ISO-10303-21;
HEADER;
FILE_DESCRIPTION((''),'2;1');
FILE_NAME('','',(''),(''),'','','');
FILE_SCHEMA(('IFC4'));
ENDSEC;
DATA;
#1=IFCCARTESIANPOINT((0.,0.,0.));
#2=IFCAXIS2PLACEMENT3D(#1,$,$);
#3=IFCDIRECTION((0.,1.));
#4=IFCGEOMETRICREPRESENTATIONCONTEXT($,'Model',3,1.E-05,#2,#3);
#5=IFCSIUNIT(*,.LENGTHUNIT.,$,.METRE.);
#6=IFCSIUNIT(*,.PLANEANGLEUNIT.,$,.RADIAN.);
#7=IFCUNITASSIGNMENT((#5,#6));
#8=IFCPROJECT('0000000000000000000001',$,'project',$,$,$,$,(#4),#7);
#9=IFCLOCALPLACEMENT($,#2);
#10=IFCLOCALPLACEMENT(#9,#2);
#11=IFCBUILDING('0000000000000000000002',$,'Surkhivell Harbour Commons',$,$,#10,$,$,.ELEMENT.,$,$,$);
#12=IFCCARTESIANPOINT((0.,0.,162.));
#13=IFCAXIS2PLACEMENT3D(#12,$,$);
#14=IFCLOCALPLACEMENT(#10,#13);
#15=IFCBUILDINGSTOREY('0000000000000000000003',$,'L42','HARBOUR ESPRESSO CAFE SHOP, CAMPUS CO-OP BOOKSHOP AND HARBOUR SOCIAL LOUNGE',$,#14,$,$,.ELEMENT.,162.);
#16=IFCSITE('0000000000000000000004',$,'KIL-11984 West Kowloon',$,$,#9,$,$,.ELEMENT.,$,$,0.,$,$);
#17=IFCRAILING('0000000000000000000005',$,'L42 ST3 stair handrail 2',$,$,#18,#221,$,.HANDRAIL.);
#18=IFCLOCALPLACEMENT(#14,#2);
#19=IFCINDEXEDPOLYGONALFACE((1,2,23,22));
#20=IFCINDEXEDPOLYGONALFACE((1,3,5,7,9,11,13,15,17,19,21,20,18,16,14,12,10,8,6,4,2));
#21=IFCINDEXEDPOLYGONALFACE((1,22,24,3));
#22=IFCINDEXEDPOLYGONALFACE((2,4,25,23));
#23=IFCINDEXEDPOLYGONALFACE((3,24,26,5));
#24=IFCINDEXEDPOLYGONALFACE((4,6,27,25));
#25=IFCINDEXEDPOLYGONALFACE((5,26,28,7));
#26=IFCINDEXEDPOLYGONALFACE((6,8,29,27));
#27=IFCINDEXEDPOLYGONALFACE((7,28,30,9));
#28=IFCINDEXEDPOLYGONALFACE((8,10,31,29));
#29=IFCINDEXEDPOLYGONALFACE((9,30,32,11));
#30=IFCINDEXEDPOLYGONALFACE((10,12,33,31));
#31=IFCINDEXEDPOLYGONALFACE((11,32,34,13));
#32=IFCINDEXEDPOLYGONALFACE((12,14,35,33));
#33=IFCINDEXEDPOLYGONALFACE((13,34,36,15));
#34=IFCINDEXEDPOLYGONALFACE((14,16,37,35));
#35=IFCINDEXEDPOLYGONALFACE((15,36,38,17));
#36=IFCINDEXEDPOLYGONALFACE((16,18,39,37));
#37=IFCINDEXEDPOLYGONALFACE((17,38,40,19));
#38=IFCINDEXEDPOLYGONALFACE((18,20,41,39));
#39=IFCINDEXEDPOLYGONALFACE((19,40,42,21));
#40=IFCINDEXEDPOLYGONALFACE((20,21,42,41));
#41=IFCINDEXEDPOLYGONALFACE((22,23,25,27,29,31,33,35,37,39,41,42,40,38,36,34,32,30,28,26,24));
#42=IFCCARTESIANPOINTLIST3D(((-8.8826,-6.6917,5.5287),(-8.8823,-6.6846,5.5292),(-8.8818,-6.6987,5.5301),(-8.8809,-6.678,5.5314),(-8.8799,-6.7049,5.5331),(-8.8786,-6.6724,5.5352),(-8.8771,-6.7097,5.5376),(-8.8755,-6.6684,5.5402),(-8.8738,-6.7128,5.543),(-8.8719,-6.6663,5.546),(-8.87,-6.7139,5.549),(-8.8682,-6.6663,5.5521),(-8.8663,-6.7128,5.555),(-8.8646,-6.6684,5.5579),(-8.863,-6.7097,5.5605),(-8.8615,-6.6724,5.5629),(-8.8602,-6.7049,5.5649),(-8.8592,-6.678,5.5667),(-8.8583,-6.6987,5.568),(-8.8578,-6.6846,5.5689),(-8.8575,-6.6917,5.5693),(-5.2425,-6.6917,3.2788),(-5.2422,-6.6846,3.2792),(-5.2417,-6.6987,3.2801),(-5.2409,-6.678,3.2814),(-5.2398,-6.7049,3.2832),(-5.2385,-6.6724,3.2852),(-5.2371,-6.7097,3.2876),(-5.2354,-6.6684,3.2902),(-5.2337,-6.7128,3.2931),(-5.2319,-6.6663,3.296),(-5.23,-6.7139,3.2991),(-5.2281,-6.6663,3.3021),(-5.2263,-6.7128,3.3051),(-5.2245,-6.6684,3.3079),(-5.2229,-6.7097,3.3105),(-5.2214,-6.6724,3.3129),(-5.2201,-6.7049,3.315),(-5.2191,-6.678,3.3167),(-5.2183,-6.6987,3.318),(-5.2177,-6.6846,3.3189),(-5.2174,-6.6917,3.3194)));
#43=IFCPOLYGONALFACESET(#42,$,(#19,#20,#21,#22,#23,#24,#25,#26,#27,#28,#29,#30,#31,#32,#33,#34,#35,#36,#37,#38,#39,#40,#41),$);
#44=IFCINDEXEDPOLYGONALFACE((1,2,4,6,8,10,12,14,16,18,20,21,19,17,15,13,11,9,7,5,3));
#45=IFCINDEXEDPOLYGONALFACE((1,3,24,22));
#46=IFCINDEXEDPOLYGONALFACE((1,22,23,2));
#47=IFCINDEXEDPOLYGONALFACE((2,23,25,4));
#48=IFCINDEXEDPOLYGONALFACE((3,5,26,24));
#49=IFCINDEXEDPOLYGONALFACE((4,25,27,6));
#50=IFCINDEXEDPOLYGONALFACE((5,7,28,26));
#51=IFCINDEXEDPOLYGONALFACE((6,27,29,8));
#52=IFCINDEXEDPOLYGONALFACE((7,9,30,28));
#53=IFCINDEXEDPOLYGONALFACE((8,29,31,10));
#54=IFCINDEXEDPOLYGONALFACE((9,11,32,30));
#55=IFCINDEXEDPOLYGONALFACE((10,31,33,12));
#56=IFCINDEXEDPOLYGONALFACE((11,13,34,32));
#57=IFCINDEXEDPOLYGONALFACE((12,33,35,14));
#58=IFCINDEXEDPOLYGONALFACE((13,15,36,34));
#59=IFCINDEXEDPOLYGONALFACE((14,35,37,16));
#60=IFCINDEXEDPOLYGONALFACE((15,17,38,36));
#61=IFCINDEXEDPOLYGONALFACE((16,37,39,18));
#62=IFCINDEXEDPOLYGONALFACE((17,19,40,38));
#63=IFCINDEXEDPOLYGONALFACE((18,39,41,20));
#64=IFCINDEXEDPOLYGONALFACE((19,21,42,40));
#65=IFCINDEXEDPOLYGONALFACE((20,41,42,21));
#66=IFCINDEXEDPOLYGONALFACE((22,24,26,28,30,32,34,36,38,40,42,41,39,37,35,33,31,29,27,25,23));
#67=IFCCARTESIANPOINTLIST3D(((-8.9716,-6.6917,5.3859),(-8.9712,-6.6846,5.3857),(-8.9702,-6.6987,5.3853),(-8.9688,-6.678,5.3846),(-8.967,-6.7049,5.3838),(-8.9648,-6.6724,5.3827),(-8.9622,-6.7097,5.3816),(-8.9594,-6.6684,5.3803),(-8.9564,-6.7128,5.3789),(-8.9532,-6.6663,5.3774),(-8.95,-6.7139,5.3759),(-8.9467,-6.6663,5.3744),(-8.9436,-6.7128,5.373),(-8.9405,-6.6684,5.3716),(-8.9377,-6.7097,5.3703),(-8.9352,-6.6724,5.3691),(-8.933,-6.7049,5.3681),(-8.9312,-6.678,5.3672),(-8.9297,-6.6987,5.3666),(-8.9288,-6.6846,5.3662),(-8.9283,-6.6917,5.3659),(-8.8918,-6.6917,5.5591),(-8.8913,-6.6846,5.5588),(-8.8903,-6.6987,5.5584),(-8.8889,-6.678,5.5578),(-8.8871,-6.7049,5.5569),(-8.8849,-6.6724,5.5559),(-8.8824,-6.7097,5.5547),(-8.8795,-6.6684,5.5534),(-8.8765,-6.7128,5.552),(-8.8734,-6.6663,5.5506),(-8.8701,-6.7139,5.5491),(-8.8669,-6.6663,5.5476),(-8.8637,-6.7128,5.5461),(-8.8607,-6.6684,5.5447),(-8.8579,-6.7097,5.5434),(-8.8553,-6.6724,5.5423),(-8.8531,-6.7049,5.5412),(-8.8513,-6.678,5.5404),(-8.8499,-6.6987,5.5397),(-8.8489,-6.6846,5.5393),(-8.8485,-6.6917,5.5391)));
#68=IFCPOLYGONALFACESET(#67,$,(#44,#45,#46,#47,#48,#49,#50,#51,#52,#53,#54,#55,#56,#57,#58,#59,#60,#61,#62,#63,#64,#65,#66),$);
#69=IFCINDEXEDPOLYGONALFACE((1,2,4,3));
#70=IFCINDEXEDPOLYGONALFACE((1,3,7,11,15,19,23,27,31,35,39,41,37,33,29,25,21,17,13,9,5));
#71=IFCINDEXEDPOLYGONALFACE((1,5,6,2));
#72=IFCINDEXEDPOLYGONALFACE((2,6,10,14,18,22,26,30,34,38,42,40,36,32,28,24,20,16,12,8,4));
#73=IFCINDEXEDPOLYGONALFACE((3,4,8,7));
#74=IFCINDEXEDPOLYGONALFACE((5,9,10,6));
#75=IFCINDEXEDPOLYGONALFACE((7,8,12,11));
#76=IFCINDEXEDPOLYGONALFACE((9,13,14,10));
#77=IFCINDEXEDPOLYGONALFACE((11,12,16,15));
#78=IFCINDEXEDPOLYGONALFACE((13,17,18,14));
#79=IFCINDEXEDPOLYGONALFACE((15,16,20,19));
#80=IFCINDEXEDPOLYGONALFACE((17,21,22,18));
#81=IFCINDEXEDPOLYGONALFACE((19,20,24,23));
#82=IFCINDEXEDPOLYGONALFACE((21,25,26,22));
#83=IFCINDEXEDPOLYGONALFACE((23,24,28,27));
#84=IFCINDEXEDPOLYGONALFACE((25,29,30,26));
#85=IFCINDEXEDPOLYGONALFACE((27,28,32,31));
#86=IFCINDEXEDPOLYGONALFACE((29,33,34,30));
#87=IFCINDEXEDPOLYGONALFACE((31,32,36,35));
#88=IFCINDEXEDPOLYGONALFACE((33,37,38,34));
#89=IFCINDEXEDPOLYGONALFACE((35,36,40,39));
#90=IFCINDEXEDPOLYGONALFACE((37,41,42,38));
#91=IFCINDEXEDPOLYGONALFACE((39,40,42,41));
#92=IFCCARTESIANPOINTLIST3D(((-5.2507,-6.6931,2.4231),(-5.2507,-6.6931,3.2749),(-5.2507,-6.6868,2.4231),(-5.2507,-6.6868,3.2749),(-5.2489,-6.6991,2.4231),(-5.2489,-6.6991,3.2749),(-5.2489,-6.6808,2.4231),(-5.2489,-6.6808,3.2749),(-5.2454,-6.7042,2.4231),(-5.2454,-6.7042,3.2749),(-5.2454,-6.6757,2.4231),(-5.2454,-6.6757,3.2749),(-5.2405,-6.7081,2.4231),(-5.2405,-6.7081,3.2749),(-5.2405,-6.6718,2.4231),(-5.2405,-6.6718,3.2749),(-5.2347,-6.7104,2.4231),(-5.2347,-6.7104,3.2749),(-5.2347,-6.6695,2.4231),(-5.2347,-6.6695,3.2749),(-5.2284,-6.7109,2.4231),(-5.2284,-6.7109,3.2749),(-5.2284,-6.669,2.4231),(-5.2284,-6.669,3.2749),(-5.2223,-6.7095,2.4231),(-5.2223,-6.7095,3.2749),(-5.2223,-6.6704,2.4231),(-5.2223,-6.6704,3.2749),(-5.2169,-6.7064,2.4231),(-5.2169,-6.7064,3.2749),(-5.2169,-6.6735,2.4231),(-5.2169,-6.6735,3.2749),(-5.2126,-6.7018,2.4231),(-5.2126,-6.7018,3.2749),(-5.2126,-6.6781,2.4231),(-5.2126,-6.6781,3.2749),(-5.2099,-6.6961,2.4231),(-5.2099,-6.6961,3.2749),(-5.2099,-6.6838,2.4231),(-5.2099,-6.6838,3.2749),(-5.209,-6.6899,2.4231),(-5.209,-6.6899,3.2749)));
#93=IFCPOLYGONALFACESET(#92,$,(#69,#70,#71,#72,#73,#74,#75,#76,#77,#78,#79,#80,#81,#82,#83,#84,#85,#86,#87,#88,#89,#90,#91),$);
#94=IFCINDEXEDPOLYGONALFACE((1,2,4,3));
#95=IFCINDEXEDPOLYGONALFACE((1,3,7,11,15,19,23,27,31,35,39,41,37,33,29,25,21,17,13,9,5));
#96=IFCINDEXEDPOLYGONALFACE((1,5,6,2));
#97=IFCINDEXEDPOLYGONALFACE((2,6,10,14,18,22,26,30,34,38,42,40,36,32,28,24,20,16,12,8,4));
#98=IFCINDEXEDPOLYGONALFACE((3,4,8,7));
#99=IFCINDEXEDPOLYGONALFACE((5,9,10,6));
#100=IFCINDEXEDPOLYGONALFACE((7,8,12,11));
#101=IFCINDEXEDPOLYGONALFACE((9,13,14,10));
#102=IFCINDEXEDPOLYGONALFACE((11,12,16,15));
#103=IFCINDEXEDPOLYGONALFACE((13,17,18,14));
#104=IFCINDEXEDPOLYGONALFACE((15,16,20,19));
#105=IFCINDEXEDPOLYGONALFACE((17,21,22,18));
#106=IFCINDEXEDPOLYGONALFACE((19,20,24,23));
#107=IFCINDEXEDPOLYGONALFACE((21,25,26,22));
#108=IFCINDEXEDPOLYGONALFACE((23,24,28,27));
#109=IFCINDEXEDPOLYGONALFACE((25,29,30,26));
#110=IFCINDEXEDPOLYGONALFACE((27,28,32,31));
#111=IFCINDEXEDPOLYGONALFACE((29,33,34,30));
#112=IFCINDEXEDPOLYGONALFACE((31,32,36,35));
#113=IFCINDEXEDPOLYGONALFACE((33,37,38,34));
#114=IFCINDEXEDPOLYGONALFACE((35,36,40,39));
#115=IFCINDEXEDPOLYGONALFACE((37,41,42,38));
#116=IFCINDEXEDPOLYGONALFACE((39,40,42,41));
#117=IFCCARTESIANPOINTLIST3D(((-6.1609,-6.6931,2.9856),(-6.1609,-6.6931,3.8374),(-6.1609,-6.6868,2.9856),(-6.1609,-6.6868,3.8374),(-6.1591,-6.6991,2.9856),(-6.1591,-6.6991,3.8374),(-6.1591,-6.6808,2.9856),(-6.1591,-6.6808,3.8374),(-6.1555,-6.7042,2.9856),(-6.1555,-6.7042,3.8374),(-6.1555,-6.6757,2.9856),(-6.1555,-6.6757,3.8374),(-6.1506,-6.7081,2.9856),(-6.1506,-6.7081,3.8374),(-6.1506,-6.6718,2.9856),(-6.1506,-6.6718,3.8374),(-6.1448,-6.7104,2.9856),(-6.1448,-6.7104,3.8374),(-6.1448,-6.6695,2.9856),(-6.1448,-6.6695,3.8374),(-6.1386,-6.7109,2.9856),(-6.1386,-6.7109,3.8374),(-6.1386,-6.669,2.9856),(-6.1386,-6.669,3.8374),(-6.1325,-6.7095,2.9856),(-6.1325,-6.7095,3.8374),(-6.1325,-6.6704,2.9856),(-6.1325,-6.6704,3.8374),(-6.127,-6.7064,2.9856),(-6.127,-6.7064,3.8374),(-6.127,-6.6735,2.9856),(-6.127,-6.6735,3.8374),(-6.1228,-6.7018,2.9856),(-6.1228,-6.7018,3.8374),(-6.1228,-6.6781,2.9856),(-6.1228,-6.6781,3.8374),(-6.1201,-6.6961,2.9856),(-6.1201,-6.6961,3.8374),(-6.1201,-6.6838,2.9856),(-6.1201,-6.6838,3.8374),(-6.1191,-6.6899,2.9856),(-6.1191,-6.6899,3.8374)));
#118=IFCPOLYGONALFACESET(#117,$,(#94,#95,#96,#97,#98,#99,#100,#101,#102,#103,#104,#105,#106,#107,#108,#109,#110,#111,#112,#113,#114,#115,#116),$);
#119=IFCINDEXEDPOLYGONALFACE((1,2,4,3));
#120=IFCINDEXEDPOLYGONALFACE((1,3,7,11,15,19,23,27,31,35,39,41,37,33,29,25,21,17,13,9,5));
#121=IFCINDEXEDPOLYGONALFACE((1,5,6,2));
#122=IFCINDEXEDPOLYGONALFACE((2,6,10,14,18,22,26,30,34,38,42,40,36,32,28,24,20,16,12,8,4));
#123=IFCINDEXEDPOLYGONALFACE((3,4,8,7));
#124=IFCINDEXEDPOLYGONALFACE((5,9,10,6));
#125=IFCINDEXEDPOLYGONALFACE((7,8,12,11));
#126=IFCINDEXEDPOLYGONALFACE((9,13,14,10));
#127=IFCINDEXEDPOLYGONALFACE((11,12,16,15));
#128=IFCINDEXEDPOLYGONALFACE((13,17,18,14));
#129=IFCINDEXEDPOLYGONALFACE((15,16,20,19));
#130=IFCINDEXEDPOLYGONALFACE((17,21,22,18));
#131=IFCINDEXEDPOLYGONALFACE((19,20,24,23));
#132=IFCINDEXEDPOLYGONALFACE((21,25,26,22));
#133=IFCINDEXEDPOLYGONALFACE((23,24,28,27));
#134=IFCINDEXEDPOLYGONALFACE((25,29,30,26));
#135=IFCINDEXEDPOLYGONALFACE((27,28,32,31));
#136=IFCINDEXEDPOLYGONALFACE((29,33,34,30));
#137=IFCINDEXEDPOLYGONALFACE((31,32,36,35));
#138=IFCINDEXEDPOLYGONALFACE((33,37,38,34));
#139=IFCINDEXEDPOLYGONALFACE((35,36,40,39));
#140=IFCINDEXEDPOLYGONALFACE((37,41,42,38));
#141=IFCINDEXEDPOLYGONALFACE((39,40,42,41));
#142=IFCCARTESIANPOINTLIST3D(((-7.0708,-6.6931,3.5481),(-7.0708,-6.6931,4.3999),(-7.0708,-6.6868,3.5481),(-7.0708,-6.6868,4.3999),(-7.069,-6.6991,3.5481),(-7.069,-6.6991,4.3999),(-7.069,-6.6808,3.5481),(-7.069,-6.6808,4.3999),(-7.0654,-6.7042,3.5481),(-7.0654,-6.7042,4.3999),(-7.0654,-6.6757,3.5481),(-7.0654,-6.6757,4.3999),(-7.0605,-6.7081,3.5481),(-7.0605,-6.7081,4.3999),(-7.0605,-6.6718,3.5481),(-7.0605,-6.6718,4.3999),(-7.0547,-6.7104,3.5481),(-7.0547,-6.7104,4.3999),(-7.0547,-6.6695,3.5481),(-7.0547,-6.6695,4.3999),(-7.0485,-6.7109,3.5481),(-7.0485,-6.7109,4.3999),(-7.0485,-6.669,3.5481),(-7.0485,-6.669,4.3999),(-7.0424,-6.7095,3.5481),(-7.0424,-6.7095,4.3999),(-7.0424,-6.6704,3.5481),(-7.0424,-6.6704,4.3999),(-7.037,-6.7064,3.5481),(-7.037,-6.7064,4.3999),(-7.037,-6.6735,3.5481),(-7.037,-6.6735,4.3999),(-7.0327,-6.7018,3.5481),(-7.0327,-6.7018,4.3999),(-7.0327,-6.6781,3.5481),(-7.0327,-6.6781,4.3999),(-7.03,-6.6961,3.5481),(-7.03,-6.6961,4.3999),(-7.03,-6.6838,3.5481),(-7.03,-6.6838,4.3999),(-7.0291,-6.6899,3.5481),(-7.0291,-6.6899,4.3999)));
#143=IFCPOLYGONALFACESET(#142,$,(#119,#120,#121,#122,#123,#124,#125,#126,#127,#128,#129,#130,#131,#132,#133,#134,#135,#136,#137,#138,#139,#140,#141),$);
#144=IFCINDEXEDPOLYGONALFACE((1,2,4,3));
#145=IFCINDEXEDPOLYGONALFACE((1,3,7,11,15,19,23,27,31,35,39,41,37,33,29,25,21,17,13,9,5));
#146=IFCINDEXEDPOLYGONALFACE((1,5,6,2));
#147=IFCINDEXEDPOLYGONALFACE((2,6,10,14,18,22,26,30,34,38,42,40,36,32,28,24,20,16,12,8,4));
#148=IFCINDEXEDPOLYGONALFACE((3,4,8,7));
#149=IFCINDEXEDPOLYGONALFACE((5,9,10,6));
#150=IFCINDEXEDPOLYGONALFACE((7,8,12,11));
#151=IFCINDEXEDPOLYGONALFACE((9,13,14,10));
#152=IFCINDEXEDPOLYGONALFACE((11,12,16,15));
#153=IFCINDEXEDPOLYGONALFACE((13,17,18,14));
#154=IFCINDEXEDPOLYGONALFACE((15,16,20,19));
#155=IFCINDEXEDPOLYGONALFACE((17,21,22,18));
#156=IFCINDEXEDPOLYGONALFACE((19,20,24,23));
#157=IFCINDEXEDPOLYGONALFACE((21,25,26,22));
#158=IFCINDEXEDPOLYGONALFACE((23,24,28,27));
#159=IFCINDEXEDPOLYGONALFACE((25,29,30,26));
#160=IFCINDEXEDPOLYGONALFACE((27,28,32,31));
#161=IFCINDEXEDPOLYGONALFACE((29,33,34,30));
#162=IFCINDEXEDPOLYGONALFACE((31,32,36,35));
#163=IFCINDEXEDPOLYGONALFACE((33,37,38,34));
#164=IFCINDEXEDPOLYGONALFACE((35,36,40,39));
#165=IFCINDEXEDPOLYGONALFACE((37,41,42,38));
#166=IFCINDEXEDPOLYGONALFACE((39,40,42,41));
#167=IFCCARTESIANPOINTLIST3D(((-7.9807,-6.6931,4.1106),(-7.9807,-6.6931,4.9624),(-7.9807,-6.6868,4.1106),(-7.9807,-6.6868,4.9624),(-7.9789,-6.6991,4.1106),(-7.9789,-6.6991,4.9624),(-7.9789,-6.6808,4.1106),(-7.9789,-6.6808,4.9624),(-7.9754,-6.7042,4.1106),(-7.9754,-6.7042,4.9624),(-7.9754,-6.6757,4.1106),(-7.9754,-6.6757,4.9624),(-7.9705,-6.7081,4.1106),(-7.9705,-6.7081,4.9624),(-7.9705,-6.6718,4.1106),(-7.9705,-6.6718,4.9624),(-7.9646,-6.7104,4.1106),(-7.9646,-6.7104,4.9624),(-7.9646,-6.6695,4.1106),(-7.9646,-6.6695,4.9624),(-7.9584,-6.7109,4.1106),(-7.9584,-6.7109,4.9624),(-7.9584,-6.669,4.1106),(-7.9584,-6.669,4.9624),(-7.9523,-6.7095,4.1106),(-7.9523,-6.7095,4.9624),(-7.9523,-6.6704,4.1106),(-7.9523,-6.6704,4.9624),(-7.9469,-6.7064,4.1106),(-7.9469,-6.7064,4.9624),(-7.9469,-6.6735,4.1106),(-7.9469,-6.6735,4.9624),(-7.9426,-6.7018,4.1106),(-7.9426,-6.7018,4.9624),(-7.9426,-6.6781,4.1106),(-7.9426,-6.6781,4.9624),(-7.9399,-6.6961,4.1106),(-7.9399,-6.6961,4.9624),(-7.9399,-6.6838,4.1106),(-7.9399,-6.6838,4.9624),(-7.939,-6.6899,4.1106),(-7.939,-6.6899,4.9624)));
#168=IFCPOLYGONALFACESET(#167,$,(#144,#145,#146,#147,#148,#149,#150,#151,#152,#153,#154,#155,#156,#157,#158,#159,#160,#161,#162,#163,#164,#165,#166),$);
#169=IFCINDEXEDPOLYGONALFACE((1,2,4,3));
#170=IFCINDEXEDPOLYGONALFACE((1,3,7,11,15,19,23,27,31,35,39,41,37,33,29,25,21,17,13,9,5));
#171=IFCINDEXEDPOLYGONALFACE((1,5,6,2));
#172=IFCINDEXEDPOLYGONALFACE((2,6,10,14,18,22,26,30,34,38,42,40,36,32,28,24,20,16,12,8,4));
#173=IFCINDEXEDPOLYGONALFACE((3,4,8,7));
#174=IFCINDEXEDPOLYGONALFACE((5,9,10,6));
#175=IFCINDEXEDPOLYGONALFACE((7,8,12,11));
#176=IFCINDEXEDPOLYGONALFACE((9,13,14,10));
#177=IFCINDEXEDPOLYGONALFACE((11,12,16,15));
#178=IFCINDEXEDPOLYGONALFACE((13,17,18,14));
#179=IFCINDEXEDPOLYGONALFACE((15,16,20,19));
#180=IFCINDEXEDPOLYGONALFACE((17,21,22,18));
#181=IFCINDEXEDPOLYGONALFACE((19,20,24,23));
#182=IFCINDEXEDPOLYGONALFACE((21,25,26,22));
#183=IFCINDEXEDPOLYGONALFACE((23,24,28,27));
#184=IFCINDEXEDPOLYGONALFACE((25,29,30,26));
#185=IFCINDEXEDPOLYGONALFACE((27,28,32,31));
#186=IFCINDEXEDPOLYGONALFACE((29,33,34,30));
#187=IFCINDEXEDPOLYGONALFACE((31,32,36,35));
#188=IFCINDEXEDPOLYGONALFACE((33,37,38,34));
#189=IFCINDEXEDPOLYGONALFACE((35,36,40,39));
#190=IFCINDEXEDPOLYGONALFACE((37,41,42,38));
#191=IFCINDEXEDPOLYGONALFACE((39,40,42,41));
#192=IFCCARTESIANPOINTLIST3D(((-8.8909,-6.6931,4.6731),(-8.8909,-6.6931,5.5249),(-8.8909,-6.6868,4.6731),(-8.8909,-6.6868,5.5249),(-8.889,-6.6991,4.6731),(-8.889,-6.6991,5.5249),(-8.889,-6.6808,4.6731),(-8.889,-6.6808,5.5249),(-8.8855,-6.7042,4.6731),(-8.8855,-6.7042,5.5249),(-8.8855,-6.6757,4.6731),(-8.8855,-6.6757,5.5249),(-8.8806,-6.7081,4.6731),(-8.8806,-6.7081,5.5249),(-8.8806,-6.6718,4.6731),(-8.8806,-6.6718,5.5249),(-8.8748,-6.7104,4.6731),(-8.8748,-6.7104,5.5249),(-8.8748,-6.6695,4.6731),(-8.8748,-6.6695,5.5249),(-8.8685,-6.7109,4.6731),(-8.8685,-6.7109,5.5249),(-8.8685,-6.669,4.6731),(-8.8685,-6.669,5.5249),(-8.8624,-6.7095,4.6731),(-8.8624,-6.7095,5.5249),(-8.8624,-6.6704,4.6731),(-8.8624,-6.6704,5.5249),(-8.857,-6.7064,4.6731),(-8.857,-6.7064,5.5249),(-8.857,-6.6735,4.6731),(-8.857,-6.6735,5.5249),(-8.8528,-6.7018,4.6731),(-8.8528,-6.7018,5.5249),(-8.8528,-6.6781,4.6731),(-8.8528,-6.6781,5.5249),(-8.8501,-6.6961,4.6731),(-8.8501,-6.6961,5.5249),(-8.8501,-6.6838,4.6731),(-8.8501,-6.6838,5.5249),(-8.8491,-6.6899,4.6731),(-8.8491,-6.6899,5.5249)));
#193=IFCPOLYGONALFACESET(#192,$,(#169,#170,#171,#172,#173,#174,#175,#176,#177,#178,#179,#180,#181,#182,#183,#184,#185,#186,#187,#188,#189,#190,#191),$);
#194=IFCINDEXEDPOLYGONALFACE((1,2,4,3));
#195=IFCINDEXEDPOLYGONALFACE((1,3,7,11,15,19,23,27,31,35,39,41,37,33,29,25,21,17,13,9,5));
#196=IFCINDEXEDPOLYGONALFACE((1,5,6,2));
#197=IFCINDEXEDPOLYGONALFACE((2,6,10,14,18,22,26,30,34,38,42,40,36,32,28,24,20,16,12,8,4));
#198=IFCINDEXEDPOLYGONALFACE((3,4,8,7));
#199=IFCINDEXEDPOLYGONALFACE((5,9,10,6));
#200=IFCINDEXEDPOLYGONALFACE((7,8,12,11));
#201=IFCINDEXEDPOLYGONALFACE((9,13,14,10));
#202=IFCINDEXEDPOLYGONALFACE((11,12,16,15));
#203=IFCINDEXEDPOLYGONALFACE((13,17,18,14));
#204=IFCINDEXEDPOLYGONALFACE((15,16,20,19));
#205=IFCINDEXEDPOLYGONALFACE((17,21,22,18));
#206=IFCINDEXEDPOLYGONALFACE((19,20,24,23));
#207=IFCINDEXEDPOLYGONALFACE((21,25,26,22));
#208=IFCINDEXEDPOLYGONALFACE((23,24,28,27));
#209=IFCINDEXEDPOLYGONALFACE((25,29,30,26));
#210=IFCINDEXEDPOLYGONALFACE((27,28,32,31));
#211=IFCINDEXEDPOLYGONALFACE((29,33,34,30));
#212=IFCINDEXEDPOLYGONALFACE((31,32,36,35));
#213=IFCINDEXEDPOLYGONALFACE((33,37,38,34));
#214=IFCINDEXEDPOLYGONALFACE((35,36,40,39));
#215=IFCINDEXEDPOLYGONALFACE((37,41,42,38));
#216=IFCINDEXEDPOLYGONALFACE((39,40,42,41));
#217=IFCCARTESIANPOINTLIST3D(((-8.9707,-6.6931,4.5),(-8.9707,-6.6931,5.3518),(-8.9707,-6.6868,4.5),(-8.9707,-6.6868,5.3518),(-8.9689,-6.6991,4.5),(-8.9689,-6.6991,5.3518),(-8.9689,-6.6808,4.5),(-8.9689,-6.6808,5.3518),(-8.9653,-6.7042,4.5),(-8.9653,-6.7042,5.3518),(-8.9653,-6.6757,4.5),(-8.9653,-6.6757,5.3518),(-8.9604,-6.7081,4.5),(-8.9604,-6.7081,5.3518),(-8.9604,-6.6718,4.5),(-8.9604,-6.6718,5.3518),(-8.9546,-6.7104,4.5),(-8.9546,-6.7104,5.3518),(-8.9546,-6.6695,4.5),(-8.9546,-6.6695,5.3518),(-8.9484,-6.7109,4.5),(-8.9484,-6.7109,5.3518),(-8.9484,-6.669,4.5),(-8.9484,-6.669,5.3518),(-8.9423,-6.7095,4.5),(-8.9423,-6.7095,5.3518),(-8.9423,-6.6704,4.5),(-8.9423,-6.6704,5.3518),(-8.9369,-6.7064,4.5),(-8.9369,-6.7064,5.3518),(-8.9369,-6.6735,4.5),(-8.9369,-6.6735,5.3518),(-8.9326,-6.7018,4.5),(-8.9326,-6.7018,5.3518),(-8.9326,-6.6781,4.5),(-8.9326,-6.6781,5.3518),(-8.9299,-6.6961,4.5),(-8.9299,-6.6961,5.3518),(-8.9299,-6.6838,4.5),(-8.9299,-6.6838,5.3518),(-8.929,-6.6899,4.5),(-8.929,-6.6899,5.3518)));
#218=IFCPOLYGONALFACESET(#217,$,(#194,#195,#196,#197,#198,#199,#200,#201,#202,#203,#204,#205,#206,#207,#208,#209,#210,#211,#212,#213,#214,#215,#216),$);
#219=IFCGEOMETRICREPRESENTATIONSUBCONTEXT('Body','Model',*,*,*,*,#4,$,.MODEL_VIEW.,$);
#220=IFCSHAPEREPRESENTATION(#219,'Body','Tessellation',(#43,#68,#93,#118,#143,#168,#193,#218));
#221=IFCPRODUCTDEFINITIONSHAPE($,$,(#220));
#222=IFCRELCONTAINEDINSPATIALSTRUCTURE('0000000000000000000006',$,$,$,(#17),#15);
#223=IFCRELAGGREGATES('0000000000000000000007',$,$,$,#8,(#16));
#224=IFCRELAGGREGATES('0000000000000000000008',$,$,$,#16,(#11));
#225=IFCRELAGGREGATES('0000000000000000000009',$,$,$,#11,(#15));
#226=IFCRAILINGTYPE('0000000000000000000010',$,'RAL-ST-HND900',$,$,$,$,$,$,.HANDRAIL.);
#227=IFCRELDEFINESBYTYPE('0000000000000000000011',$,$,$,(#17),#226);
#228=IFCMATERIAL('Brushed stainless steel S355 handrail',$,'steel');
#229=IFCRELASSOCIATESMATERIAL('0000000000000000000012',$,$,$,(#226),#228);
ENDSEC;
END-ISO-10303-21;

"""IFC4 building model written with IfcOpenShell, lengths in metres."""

from ifc_helpers import new_model, si_unit, direction, frame, origin, origin_2d, place, context, subcontext, project, spatial, circle, extrude, material, type_object, element, save


model = new_model("IFC4")

# Units and contexts
model_context = context("Model", 3, precision=1e-05, world=origin(), true_north=direction((0.0, 1.0)))
body_context = subcontext(model_context, "Body", "Model", "MODEL_VIEW")
ifc_project = project(units=[si_unit("LENGTHUNIT", "METRE"), si_unit("PLANEANGLEUNIT", "RADIAN")], contexts=[model_context])

# Site, building, storey
site_placement = place(None, origin())
site = spatial("IfcSite", under=ifc_project, at=site_placement, Name="KIL-11984 West Kowloon", CompositionType="ELEMENT", RefElevation=0.0)
building_placement = place(site_placement, origin())
building = spatial("IfcBuilding", under=site, at=building_placement, Name="Surkhivell Harbour Commons", CompositionType="ELEMENT")
storey_placement = place(building_placement, frame((0.0, 0.0, 162.0)))
storey = spatial("IfcBuildingStorey", under=building, at=storey_placement, Name="L42", Description="HARBOUR ESPRESSO CAFE SHOP, CAMPUS CO-OP BOOKSHOP AND HARBOUR SOCIAL LOUNGE", CompositionType="ELEMENT", Elevation=162.0)

# Railing
ifc_material_1 = material(Name="Brushed stainless steel S355 handrail", Category="steel")
railing_type_1 = type_object("IfcRailingType", Name="RAL-ST-HND900", PredefinedType="HANDRAIL", material=ifc_material_1)
railing_1_placement = place(storey_placement, frame((-5.23, -6.6899, 2.4231)))
element("IfcRailing", 1, at=railing_1_placement, inside=storey, type_object=railing_type_1, Name="L42 ST3 stair handrail 2", PredefinedType="HANDRAIL", context=body_context, shape_type="SweptSolid", body=[
    extrude(circle(Radius=0.0239, at=origin_2d()), frame((0.0, 0.0, 0.876), z_axis=(-0.850622, 0.0, 0.525777), x_axis=(0.0, -1.0, 0.0)), (0.0, 0.0, 1.0), 4.2793),
    extrude(circle(Radius=0.0239, at=origin_2d()), frame((-3.6401, 0.0, 3.126), z_axis=(-0.418815, 0.0, -0.908072), x_axis=(0.0, -1.0, 0.0)), (0.0, 0.0, 1.0), 0.1907),
    extrude(circle(Radius=0.021, at=origin_2d()), origin(), (0.0, 0.0, 1.0), 0.8518),
    extrude(circle(Radius=0.021, at=origin_2d()), frame((-0.9102, 0.0, 0.5625)), (0.0, 0.0, 1.0), 0.8518),
    extrude(circle(Radius=0.021, at=origin_2d()), frame((-1.8201, 0.0, 1.125)), (0.0, 0.0, 1.0), 0.8518),
    extrude(circle(Radius=0.021, at=origin_2d()), frame((-2.73, 0.0, 1.6875)), (0.0, 0.0, 1.0), 0.8518),
    extrude(circle(Radius=0.021, at=origin_2d()), frame((-3.6401, 0.0, 2.25)), (0.0, 0.0, 1.0), 0.8518),
    extrude(circle(Radius=0.021, at=origin_2d()), frame((-3.72, 0.0, 2.0769)), (0.0, 0.0, 1.0), 0.8518),
])

save(model, "model.ifc")
